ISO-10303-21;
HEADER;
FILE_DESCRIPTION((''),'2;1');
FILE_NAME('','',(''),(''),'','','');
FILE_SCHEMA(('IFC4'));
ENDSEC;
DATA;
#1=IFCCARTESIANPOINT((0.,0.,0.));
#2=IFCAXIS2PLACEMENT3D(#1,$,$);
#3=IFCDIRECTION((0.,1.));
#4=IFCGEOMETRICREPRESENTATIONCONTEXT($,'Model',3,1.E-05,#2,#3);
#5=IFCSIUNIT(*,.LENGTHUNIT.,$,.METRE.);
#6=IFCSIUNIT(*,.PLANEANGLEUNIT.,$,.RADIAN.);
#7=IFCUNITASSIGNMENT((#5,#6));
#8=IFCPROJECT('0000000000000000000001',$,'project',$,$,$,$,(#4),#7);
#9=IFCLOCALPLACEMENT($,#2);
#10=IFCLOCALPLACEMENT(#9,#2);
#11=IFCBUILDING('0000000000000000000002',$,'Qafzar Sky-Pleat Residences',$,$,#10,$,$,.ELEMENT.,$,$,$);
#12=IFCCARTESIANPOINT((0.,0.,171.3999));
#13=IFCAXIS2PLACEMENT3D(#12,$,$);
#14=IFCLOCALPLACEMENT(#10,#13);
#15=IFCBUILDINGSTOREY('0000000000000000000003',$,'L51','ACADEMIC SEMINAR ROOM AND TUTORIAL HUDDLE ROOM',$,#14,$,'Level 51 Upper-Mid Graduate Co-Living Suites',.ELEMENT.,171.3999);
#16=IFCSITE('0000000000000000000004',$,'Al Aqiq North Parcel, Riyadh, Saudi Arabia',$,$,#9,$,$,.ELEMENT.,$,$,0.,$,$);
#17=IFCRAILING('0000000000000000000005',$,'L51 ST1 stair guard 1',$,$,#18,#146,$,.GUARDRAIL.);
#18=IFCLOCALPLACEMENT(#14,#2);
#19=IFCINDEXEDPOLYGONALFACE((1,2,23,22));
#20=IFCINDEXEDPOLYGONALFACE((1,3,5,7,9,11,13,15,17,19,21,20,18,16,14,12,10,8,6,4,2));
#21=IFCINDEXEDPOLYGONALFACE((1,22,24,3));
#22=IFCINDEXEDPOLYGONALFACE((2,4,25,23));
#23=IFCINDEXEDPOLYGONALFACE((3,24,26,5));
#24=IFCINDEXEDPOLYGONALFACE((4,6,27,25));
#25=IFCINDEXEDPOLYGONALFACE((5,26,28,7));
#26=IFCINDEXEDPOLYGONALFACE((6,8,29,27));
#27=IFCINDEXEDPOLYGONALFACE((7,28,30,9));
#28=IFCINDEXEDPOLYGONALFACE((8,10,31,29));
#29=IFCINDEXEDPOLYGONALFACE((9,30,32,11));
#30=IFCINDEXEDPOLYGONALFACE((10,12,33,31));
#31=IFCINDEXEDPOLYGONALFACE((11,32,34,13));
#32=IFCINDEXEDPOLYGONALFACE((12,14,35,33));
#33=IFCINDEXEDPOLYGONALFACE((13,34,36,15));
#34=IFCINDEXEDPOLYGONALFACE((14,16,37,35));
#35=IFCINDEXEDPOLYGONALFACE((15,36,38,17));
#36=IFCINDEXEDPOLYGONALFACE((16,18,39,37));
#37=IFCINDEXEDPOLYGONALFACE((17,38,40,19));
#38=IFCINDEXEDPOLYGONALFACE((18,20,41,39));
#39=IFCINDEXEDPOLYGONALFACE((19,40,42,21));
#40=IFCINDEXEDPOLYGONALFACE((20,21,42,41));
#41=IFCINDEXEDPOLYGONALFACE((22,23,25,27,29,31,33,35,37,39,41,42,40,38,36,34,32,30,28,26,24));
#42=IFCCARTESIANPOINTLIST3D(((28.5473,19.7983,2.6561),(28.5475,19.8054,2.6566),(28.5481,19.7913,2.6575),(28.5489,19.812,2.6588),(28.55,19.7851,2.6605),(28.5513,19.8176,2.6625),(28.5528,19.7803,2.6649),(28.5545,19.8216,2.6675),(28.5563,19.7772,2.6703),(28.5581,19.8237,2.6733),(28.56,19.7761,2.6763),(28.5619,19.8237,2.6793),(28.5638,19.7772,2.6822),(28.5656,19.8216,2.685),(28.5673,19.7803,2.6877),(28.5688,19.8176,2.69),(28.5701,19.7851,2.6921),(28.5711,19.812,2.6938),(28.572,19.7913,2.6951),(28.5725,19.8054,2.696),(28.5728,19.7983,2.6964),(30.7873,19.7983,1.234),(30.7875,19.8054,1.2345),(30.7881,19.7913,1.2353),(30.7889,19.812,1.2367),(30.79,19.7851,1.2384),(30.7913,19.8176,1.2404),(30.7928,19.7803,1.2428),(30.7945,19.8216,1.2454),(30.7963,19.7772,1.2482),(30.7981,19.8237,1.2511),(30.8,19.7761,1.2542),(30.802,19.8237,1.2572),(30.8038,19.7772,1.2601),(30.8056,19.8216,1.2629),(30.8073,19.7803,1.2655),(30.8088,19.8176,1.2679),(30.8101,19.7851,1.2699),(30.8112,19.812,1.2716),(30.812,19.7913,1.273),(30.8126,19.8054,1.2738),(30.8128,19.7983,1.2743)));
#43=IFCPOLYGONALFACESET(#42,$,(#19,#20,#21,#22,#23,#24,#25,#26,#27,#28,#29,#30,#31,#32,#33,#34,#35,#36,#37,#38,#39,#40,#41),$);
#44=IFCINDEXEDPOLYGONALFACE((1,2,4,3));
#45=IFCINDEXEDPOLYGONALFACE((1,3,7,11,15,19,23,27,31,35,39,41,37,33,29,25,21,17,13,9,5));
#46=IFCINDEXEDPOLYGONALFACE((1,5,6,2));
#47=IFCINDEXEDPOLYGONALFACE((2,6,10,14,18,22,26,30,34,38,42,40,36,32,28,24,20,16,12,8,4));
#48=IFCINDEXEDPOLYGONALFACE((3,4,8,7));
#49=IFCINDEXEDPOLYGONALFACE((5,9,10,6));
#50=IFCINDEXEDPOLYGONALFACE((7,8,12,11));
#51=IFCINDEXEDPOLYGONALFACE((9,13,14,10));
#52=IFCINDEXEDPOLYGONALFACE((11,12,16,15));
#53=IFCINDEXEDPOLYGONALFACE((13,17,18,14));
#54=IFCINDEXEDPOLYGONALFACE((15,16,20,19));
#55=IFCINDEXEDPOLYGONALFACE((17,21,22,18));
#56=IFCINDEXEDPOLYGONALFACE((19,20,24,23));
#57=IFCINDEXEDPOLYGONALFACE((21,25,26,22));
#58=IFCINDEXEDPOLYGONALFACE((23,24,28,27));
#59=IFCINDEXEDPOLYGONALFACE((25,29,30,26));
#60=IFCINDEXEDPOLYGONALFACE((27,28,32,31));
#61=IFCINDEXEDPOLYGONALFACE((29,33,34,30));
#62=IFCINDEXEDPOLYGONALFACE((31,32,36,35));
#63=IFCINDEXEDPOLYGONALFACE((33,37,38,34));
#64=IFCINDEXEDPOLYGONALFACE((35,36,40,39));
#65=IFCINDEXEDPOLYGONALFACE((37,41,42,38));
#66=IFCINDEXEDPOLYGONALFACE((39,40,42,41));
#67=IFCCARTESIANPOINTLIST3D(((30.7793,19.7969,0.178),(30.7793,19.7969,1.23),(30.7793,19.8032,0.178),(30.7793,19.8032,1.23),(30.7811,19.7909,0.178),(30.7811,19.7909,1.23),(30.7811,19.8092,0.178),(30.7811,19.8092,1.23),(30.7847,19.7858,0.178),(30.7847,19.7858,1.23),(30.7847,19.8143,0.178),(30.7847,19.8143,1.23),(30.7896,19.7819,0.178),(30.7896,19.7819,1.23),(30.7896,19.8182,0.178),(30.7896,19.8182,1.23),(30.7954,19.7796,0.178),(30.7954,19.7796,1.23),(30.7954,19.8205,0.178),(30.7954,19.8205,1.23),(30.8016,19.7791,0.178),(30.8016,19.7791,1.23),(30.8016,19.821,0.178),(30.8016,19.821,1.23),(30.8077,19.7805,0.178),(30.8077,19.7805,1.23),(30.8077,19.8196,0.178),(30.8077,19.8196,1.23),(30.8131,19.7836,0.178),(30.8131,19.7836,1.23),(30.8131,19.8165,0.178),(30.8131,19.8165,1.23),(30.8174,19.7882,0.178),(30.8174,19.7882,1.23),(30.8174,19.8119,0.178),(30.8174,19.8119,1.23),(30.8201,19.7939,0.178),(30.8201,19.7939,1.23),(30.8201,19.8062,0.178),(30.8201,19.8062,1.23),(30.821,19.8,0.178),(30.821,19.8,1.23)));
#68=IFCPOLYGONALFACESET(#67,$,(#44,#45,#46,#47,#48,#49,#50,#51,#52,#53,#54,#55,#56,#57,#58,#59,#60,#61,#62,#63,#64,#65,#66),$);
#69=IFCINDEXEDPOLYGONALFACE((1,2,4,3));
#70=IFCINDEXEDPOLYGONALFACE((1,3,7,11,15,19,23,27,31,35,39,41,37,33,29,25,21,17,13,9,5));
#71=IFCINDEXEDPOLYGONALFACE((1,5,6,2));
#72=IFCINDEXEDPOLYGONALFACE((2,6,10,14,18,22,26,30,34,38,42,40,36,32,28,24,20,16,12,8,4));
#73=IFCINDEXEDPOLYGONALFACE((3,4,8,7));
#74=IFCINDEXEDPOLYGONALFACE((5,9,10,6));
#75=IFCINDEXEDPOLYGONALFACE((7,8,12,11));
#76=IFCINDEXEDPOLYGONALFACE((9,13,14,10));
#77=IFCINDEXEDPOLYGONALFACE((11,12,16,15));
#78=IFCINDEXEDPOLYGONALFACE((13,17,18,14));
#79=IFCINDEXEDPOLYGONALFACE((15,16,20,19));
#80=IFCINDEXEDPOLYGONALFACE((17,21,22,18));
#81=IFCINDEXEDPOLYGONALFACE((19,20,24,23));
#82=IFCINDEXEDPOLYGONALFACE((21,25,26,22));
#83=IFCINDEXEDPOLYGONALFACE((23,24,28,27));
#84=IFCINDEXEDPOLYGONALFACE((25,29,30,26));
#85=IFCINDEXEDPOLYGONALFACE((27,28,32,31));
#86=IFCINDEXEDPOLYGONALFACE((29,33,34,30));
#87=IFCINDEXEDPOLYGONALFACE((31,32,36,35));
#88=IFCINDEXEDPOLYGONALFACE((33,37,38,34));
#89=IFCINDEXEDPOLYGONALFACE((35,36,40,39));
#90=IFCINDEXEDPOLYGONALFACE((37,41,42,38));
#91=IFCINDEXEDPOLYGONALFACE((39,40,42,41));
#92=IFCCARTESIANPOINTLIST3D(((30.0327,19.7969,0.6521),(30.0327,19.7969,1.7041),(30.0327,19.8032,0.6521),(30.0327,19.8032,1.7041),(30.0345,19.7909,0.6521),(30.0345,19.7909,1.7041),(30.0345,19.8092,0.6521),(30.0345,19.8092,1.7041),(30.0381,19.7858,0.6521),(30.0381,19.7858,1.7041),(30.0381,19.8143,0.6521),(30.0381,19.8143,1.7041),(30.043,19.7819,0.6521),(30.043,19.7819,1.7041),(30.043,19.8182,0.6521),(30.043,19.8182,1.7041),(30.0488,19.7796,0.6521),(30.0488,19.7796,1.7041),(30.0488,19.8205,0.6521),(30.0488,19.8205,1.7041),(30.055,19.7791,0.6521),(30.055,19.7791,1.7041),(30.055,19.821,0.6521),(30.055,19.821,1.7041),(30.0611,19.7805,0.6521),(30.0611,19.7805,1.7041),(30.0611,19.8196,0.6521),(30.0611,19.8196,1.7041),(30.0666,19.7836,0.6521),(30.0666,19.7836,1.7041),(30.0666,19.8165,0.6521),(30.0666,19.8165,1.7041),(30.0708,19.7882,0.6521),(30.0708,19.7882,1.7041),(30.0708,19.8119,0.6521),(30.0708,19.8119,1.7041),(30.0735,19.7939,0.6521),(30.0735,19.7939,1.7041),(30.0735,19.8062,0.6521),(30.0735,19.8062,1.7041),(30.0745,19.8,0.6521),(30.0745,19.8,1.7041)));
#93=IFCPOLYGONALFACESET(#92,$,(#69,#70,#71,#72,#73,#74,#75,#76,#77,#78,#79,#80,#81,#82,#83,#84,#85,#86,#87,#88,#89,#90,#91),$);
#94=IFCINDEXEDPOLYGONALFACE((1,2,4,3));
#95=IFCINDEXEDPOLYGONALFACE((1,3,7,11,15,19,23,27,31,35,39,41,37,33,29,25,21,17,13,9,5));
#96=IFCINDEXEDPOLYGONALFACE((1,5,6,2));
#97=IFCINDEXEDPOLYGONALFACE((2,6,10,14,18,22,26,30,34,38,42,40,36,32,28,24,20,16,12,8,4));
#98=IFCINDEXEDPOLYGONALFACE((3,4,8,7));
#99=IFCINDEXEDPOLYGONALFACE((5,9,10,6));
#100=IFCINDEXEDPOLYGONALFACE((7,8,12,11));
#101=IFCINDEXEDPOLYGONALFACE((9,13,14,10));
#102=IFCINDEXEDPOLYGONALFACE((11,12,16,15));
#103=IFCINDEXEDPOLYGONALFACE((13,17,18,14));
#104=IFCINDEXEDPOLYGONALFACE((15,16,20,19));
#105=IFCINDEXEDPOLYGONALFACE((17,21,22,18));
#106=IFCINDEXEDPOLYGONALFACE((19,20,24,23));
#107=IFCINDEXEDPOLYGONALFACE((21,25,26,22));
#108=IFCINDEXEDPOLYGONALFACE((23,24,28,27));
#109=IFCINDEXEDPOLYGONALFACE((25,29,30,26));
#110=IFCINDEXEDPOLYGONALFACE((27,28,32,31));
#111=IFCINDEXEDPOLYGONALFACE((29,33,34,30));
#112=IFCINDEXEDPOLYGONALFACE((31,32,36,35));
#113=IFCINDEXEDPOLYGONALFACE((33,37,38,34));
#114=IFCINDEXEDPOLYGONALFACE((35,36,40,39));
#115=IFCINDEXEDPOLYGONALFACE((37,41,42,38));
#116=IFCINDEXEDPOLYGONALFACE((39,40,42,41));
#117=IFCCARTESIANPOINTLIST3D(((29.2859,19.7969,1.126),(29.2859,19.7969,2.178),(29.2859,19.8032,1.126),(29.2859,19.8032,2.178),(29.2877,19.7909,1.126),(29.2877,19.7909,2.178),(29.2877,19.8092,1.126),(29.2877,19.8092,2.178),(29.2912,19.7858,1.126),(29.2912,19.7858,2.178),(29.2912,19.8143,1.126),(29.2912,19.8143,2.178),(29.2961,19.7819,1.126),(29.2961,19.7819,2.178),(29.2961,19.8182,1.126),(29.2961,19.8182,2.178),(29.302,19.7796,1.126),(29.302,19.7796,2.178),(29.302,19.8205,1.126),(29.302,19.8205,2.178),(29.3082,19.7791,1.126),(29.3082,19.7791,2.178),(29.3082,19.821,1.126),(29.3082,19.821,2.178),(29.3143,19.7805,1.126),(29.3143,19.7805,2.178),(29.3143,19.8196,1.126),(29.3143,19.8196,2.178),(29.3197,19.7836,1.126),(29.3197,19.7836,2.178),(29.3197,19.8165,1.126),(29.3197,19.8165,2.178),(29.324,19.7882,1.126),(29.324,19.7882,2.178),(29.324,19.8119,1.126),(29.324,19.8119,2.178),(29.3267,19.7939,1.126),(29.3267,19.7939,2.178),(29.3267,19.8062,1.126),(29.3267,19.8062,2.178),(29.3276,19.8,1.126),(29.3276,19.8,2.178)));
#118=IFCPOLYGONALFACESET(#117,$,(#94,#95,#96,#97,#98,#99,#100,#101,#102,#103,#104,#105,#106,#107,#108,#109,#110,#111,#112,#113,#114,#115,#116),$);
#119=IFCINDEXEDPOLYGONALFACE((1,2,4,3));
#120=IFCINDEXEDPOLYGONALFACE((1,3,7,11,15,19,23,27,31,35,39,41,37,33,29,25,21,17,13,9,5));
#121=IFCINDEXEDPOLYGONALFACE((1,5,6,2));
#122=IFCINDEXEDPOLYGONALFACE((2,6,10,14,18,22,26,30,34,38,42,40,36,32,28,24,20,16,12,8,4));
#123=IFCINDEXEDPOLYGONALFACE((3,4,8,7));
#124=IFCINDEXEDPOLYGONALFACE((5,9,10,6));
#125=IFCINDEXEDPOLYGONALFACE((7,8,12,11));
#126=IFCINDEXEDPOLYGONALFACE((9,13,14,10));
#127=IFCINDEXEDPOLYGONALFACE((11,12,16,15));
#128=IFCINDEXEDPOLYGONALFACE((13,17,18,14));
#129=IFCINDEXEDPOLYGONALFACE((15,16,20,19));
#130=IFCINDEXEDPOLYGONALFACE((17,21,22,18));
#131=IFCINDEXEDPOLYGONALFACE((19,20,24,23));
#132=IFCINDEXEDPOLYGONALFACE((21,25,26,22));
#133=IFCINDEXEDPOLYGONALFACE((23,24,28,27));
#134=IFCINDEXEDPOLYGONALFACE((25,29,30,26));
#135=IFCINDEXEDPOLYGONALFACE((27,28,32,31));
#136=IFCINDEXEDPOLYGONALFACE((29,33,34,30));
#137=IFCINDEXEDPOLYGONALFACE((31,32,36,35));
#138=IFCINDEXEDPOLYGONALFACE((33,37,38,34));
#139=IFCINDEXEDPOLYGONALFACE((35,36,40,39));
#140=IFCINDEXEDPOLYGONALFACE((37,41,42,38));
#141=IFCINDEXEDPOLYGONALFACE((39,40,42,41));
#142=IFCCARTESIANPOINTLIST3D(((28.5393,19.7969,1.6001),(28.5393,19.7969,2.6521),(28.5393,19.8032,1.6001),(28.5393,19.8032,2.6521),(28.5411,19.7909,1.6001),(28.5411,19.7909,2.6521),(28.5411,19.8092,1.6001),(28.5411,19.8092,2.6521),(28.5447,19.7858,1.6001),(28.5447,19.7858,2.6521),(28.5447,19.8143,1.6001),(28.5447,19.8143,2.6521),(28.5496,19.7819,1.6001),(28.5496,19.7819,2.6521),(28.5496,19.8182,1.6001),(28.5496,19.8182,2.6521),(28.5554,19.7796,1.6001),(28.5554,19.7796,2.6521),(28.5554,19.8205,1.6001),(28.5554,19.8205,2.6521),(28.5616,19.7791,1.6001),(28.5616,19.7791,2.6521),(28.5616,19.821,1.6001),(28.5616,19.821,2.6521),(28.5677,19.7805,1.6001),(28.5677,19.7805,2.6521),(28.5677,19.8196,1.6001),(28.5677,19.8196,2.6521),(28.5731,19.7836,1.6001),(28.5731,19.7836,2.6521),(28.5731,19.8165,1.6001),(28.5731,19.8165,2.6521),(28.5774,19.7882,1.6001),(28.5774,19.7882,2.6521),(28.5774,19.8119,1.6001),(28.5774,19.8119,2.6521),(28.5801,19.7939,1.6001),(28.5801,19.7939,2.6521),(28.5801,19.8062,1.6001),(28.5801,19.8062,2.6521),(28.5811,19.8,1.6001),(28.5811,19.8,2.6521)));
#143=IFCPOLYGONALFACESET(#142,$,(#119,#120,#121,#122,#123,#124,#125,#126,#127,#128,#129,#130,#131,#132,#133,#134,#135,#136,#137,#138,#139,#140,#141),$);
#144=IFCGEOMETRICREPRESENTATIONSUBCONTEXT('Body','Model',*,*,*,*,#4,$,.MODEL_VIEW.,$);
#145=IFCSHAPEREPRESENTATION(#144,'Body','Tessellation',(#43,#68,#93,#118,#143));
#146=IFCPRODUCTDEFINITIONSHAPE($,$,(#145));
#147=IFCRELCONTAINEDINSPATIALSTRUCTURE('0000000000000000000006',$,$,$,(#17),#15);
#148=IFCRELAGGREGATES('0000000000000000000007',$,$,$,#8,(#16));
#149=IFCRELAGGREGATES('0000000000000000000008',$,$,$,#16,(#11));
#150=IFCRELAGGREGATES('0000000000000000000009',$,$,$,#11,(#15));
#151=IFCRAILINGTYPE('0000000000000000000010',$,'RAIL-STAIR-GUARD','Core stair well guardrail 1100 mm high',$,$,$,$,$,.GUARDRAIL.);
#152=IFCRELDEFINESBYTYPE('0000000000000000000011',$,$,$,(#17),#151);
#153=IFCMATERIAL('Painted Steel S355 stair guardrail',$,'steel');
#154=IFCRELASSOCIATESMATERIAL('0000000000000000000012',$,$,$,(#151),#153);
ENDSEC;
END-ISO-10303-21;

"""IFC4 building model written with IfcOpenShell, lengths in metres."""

from ifc_helpers import new_model, si_unit, direction, frame, origin, origin_2d, place, context, subcontext, project, spatial, circle, extrude, source, transform, mapped, material, type_object, element, save


model = new_model("IFC4")

# Units and contexts
model_context = context("Model", 3, precision=1e-05, world=origin(), true_north=direction((0.0, 1.0)))
body_context = subcontext(model_context, "Body", "Model", "MODEL_VIEW")
ifc_project = project(units=[si_unit("LENGTHUNIT", "METRE"), si_unit("PLANEANGLEUNIT", "RADIAN")], contexts=[model_context])

# Site, building, storey
site_placement = place(None, origin())
site = spatial("IfcSite", under=ifc_project, at=site_placement, Name="Al Aqiq North Parcel, Riyadh, Saudi Arabia", CompositionType="ELEMENT", RefElevation=0.0)
building_placement = place(site_placement, origin())
building = spatial("IfcBuilding", under=site, at=building_placement, Name="Qafzar Sky-Pleat Residences", CompositionType="ELEMENT")
storey_placement = place(building_placement, frame((0.0, 0.0, 171.3999)))
storey = spatial("IfcBuildingStorey", under=building, at=storey_placement, Name="L51", Description="ACADEMIC SEMINAR ROOM AND TUTORIAL HUDDLE ROOM", LongName="Level 51 Upper-Mid Graduate Co-Living Suites", CompositionType="ELEMENT", Elevation=171.3999)

# Railing
ifc_material_1 = material(Name="Painted Steel S355 stair guardrail", Category="steel")
railing_type_1 = type_object("IfcRailingType", Name="RAIL-STAIR-GUARD", Description="Core stair well guardrail 1100 mm high", PredefinedType="GUARDRAIL", material=ifc_material_1)
shared_shape_1 = source(origin(), body_context, "Body", "SweptSolid", [
    extrude(circle(Radius=0.0239, at=origin_2d()), frame((0.0, 0.0, 1.0762), z_axis=(-0.844229, 0.0, 0.535982), x_axis=(0.0, -1.0, 0.0)), (0.0, 0.0, 1.0), 2.6533),
    extrude(circle(Radius=0.021, at=origin_2d()), origin(), (0.0, 0.0, 1.0), 1.052),
    extrude(circle(Radius=0.021, at=origin_2d()), frame((-0.7466, 0.0, 0.4741)), (0.0, 0.0, 1.0), 1.052),
    extrude(circle(Radius=0.021, at=origin_2d()), frame((-1.4934, 0.0, 0.948)), (0.0, 0.0, 1.0), 1.052),
    extrude(circle(Radius=0.021, at=origin_2d()), frame((-2.24, 0.0, 1.4221)), (0.0, 0.0, 1.0), 1.052),
])
railing_1_placement = place(storey_placement, frame((30.8, 19.8, 0.178)))
element("IfcRailing", 1, at=railing_1_placement, inside=storey, type_object=railing_type_1, Name="L51 ST1 stair guard 1", PredefinedType="GUARDRAIL", context=body_context, shape_type="MappedRepresentation", body=[
    mapped(shared_shape_1, transform((0.0, 0.0, 0.0), x_axis=(1.0, 0.0, 0.0), y_axis=(0.0, 1.0, 0.0), z_axis=(0.0, 0.0, 1.0), scale=1.0)),
])

save(model, "model.ifc")
